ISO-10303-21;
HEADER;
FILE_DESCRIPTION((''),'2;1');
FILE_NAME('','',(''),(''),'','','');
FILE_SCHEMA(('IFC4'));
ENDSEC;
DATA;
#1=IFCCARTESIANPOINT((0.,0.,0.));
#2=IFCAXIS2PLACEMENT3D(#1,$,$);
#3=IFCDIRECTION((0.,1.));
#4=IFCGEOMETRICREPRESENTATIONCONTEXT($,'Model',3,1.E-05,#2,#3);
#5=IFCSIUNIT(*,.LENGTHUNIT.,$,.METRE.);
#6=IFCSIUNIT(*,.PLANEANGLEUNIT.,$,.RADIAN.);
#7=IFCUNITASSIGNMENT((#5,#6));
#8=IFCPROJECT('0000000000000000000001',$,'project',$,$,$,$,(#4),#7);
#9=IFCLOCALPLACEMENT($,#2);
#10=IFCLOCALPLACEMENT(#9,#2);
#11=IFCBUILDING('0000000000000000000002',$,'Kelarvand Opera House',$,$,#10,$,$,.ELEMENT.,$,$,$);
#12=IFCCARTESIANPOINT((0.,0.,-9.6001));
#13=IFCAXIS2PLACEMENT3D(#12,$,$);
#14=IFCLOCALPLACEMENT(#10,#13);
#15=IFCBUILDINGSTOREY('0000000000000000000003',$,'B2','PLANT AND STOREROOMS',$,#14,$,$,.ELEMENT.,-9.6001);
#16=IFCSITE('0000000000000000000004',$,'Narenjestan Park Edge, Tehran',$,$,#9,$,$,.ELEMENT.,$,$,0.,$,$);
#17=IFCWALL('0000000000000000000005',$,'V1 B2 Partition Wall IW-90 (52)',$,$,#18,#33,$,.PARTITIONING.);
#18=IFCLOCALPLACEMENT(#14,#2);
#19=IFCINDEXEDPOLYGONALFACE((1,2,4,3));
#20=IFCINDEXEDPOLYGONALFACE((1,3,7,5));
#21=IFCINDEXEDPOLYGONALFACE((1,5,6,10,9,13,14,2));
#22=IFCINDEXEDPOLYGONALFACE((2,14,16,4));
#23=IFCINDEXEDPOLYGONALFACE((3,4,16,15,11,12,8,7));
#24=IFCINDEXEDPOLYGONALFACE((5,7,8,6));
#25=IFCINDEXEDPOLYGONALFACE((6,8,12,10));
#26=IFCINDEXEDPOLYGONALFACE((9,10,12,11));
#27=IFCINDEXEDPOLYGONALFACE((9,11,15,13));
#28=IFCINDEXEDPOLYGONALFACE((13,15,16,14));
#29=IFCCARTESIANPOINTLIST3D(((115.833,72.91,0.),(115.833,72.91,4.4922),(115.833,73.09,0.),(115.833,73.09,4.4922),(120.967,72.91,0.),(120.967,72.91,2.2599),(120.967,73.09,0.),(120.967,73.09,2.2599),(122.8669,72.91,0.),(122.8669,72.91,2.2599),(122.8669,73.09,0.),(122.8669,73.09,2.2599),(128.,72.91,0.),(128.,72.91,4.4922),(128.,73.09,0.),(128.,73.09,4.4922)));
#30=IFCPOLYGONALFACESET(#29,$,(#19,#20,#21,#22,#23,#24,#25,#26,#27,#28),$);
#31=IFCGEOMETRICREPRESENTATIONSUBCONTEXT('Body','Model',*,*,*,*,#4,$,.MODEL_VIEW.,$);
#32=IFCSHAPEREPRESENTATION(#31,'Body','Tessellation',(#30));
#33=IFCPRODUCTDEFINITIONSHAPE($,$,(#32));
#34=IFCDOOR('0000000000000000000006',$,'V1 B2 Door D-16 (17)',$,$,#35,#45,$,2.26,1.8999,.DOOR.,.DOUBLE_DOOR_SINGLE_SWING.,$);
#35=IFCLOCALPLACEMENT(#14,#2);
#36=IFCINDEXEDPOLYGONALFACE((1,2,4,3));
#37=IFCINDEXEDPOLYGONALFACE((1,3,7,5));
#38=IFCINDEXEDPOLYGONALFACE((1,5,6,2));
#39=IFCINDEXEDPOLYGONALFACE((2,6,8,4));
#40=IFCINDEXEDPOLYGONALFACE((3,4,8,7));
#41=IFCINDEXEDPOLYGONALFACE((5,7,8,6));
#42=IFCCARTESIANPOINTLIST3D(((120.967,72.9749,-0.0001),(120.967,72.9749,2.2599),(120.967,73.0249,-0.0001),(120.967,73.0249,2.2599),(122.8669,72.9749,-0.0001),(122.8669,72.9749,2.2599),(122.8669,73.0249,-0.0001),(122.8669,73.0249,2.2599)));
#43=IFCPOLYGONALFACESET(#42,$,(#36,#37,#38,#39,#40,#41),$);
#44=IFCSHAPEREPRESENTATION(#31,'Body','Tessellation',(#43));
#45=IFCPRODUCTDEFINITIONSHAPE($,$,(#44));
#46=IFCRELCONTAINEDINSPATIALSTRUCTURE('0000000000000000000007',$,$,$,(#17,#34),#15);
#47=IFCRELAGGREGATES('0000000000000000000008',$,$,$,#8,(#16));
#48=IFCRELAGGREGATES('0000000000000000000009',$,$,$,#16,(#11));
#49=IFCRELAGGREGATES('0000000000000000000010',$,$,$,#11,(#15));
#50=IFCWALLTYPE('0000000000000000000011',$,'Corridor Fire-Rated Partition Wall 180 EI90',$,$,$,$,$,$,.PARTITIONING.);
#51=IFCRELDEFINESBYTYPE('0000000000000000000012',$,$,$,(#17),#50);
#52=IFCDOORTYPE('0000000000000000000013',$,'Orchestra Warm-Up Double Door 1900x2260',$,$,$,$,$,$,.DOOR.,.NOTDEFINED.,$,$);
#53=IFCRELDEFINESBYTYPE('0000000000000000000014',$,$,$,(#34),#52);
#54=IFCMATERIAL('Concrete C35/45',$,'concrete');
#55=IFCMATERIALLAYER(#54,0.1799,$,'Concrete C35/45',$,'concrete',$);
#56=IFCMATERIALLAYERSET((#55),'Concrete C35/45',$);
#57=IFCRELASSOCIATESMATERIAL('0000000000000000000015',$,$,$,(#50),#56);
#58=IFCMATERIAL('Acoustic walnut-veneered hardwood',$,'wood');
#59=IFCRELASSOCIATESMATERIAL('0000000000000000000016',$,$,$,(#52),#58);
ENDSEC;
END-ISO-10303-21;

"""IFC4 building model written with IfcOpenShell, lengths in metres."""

from ifc_helpers import new_model, si_unit, direction, frame, frame_2d, origin, place, context, subcontext, project, spatial, rectangle, extrude, material, layer, layer_set, type_object, element, fill, save


model = new_model("IFC4")

# Units and contexts
model_context = context("Model", 3, precision=1e-05, world=origin(), true_north=direction((0.0, 1.0)))
body_context = subcontext(model_context, "Body", "Model", "MODEL_VIEW")
ifc_project = project(units=[si_unit("LENGTHUNIT", "METRE"), si_unit("PLANEANGLEUNIT", "RADIAN")], contexts=[model_context])

# Site, building, storey
site_placement = place(None, origin())
site = spatial("IfcSite", under=ifc_project, at=site_placement, Name="Narenjestan Park Edge, Tehran", CompositionType="ELEMENT", RefElevation=0.0)
building_placement = place(site_placement, origin())
building = spatial("IfcBuilding", under=site, at=building_placement, Name="Kelarvand Opera House", CompositionType="ELEMENT")
storey_placement = place(building_placement, frame((0.0, 0.0, -9.6001)))
storey = spatial("IfcBuildingStorey", under=building, at=storey_placement, Name="B2", Description="PLANT AND STOREROOMS", CompositionType="ELEMENT", Elevation=-9.6001)

# Shared definitions
ifc_material_1 = material(Name="Concrete C35/45", Category="concrete")

# Wall, opening, door
ifc_layer_1 = layer(ifc_material_1, 0.1799, Name="Concrete C35/45", Category="concrete")
ifc_layer_set_1 = layer_set([ifc_layer_1], Name="Concrete C35/45")
wall_type_1 = type_object("IfcWallType", Name="Corridor Fire-Rated Partition Wall 180 EI90", PredefinedType="PARTITIONING", material=ifc_layer_set_1)
wall_1_placement = place(storey_placement, frame((115.833, 73.0, 0.0), z_axis=(0.0, 0.0, 1.0), x_axis=(1.0, 0.0, 0.0)))
wall_1 = element("IfcWall", 1, at=wall_1_placement, inside=storey, type_object=wall_type_1, Name="V1 B2 Partition Wall IW-90 (52)", PredefinedType="PARTITIONING", context=body_context, shape_type="SweptSolid", body=[
    extrude(rectangle(XDim=12.167, YDim=0.1799, at=frame_2d((6.0835, 0.0))), origin(), (0.0, 0.0, 1.0), 4.4922),
])
opening_placement = place(wall_1_placement, frame((5.134, 0.0, 0.0)))
opening = element("IfcOpeningElement", 2, at=opening_placement, cuts=wall_1, PredefinedType="OPENING", context=body_context, shape_type="SweptSolid", body=[
    extrude(rectangle(XDim=1.8999, YDim=2.26, at=frame_2d((0.95, 1.1299))), frame((0.0, 0.1001, 0.0), z_axis=(0.0, -1.0, 0.0), x_axis=(1.0, 0.0, 0.0)), (0.0, 0.0, 1.0), 0.2),
])
ifc_material_2 = material(Name="Acoustic walnut-veneered hardwood", Category="wood")
door_type = type_object("IfcDoorType", Name="Orchestra Warm-Up Double Door 1900x2260", OperationType="NOTDEFINED", PredefinedType="DOOR", material=ifc_material_2)
door_placement = place(opening_placement, origin())
door = element("IfcDoor", 3, at=door_placement, inside=storey, type_object=door_type, Name="V1 B2 Door D-16 (17)", OperationType="DOUBLE_DOOR_SINGLE_SWING", OverallHeight=2.26, OverallWidth=1.8999, PredefinedType="DOOR", context=body_context, shape_type="SweptSolid", body=[
    extrude(rectangle(XDim=1.8999, YDim=2.26, at=frame_2d((0.95, 1.1299))), frame((0.0, 0.0249, 0.0), z_axis=(0.0, -1.0, 0.0), x_axis=(1.0, 0.0, 0.0)), (0.0, 0.0, 1.0), 0.05),
])
fill(opening, door)

save(model, "model.ifc")
